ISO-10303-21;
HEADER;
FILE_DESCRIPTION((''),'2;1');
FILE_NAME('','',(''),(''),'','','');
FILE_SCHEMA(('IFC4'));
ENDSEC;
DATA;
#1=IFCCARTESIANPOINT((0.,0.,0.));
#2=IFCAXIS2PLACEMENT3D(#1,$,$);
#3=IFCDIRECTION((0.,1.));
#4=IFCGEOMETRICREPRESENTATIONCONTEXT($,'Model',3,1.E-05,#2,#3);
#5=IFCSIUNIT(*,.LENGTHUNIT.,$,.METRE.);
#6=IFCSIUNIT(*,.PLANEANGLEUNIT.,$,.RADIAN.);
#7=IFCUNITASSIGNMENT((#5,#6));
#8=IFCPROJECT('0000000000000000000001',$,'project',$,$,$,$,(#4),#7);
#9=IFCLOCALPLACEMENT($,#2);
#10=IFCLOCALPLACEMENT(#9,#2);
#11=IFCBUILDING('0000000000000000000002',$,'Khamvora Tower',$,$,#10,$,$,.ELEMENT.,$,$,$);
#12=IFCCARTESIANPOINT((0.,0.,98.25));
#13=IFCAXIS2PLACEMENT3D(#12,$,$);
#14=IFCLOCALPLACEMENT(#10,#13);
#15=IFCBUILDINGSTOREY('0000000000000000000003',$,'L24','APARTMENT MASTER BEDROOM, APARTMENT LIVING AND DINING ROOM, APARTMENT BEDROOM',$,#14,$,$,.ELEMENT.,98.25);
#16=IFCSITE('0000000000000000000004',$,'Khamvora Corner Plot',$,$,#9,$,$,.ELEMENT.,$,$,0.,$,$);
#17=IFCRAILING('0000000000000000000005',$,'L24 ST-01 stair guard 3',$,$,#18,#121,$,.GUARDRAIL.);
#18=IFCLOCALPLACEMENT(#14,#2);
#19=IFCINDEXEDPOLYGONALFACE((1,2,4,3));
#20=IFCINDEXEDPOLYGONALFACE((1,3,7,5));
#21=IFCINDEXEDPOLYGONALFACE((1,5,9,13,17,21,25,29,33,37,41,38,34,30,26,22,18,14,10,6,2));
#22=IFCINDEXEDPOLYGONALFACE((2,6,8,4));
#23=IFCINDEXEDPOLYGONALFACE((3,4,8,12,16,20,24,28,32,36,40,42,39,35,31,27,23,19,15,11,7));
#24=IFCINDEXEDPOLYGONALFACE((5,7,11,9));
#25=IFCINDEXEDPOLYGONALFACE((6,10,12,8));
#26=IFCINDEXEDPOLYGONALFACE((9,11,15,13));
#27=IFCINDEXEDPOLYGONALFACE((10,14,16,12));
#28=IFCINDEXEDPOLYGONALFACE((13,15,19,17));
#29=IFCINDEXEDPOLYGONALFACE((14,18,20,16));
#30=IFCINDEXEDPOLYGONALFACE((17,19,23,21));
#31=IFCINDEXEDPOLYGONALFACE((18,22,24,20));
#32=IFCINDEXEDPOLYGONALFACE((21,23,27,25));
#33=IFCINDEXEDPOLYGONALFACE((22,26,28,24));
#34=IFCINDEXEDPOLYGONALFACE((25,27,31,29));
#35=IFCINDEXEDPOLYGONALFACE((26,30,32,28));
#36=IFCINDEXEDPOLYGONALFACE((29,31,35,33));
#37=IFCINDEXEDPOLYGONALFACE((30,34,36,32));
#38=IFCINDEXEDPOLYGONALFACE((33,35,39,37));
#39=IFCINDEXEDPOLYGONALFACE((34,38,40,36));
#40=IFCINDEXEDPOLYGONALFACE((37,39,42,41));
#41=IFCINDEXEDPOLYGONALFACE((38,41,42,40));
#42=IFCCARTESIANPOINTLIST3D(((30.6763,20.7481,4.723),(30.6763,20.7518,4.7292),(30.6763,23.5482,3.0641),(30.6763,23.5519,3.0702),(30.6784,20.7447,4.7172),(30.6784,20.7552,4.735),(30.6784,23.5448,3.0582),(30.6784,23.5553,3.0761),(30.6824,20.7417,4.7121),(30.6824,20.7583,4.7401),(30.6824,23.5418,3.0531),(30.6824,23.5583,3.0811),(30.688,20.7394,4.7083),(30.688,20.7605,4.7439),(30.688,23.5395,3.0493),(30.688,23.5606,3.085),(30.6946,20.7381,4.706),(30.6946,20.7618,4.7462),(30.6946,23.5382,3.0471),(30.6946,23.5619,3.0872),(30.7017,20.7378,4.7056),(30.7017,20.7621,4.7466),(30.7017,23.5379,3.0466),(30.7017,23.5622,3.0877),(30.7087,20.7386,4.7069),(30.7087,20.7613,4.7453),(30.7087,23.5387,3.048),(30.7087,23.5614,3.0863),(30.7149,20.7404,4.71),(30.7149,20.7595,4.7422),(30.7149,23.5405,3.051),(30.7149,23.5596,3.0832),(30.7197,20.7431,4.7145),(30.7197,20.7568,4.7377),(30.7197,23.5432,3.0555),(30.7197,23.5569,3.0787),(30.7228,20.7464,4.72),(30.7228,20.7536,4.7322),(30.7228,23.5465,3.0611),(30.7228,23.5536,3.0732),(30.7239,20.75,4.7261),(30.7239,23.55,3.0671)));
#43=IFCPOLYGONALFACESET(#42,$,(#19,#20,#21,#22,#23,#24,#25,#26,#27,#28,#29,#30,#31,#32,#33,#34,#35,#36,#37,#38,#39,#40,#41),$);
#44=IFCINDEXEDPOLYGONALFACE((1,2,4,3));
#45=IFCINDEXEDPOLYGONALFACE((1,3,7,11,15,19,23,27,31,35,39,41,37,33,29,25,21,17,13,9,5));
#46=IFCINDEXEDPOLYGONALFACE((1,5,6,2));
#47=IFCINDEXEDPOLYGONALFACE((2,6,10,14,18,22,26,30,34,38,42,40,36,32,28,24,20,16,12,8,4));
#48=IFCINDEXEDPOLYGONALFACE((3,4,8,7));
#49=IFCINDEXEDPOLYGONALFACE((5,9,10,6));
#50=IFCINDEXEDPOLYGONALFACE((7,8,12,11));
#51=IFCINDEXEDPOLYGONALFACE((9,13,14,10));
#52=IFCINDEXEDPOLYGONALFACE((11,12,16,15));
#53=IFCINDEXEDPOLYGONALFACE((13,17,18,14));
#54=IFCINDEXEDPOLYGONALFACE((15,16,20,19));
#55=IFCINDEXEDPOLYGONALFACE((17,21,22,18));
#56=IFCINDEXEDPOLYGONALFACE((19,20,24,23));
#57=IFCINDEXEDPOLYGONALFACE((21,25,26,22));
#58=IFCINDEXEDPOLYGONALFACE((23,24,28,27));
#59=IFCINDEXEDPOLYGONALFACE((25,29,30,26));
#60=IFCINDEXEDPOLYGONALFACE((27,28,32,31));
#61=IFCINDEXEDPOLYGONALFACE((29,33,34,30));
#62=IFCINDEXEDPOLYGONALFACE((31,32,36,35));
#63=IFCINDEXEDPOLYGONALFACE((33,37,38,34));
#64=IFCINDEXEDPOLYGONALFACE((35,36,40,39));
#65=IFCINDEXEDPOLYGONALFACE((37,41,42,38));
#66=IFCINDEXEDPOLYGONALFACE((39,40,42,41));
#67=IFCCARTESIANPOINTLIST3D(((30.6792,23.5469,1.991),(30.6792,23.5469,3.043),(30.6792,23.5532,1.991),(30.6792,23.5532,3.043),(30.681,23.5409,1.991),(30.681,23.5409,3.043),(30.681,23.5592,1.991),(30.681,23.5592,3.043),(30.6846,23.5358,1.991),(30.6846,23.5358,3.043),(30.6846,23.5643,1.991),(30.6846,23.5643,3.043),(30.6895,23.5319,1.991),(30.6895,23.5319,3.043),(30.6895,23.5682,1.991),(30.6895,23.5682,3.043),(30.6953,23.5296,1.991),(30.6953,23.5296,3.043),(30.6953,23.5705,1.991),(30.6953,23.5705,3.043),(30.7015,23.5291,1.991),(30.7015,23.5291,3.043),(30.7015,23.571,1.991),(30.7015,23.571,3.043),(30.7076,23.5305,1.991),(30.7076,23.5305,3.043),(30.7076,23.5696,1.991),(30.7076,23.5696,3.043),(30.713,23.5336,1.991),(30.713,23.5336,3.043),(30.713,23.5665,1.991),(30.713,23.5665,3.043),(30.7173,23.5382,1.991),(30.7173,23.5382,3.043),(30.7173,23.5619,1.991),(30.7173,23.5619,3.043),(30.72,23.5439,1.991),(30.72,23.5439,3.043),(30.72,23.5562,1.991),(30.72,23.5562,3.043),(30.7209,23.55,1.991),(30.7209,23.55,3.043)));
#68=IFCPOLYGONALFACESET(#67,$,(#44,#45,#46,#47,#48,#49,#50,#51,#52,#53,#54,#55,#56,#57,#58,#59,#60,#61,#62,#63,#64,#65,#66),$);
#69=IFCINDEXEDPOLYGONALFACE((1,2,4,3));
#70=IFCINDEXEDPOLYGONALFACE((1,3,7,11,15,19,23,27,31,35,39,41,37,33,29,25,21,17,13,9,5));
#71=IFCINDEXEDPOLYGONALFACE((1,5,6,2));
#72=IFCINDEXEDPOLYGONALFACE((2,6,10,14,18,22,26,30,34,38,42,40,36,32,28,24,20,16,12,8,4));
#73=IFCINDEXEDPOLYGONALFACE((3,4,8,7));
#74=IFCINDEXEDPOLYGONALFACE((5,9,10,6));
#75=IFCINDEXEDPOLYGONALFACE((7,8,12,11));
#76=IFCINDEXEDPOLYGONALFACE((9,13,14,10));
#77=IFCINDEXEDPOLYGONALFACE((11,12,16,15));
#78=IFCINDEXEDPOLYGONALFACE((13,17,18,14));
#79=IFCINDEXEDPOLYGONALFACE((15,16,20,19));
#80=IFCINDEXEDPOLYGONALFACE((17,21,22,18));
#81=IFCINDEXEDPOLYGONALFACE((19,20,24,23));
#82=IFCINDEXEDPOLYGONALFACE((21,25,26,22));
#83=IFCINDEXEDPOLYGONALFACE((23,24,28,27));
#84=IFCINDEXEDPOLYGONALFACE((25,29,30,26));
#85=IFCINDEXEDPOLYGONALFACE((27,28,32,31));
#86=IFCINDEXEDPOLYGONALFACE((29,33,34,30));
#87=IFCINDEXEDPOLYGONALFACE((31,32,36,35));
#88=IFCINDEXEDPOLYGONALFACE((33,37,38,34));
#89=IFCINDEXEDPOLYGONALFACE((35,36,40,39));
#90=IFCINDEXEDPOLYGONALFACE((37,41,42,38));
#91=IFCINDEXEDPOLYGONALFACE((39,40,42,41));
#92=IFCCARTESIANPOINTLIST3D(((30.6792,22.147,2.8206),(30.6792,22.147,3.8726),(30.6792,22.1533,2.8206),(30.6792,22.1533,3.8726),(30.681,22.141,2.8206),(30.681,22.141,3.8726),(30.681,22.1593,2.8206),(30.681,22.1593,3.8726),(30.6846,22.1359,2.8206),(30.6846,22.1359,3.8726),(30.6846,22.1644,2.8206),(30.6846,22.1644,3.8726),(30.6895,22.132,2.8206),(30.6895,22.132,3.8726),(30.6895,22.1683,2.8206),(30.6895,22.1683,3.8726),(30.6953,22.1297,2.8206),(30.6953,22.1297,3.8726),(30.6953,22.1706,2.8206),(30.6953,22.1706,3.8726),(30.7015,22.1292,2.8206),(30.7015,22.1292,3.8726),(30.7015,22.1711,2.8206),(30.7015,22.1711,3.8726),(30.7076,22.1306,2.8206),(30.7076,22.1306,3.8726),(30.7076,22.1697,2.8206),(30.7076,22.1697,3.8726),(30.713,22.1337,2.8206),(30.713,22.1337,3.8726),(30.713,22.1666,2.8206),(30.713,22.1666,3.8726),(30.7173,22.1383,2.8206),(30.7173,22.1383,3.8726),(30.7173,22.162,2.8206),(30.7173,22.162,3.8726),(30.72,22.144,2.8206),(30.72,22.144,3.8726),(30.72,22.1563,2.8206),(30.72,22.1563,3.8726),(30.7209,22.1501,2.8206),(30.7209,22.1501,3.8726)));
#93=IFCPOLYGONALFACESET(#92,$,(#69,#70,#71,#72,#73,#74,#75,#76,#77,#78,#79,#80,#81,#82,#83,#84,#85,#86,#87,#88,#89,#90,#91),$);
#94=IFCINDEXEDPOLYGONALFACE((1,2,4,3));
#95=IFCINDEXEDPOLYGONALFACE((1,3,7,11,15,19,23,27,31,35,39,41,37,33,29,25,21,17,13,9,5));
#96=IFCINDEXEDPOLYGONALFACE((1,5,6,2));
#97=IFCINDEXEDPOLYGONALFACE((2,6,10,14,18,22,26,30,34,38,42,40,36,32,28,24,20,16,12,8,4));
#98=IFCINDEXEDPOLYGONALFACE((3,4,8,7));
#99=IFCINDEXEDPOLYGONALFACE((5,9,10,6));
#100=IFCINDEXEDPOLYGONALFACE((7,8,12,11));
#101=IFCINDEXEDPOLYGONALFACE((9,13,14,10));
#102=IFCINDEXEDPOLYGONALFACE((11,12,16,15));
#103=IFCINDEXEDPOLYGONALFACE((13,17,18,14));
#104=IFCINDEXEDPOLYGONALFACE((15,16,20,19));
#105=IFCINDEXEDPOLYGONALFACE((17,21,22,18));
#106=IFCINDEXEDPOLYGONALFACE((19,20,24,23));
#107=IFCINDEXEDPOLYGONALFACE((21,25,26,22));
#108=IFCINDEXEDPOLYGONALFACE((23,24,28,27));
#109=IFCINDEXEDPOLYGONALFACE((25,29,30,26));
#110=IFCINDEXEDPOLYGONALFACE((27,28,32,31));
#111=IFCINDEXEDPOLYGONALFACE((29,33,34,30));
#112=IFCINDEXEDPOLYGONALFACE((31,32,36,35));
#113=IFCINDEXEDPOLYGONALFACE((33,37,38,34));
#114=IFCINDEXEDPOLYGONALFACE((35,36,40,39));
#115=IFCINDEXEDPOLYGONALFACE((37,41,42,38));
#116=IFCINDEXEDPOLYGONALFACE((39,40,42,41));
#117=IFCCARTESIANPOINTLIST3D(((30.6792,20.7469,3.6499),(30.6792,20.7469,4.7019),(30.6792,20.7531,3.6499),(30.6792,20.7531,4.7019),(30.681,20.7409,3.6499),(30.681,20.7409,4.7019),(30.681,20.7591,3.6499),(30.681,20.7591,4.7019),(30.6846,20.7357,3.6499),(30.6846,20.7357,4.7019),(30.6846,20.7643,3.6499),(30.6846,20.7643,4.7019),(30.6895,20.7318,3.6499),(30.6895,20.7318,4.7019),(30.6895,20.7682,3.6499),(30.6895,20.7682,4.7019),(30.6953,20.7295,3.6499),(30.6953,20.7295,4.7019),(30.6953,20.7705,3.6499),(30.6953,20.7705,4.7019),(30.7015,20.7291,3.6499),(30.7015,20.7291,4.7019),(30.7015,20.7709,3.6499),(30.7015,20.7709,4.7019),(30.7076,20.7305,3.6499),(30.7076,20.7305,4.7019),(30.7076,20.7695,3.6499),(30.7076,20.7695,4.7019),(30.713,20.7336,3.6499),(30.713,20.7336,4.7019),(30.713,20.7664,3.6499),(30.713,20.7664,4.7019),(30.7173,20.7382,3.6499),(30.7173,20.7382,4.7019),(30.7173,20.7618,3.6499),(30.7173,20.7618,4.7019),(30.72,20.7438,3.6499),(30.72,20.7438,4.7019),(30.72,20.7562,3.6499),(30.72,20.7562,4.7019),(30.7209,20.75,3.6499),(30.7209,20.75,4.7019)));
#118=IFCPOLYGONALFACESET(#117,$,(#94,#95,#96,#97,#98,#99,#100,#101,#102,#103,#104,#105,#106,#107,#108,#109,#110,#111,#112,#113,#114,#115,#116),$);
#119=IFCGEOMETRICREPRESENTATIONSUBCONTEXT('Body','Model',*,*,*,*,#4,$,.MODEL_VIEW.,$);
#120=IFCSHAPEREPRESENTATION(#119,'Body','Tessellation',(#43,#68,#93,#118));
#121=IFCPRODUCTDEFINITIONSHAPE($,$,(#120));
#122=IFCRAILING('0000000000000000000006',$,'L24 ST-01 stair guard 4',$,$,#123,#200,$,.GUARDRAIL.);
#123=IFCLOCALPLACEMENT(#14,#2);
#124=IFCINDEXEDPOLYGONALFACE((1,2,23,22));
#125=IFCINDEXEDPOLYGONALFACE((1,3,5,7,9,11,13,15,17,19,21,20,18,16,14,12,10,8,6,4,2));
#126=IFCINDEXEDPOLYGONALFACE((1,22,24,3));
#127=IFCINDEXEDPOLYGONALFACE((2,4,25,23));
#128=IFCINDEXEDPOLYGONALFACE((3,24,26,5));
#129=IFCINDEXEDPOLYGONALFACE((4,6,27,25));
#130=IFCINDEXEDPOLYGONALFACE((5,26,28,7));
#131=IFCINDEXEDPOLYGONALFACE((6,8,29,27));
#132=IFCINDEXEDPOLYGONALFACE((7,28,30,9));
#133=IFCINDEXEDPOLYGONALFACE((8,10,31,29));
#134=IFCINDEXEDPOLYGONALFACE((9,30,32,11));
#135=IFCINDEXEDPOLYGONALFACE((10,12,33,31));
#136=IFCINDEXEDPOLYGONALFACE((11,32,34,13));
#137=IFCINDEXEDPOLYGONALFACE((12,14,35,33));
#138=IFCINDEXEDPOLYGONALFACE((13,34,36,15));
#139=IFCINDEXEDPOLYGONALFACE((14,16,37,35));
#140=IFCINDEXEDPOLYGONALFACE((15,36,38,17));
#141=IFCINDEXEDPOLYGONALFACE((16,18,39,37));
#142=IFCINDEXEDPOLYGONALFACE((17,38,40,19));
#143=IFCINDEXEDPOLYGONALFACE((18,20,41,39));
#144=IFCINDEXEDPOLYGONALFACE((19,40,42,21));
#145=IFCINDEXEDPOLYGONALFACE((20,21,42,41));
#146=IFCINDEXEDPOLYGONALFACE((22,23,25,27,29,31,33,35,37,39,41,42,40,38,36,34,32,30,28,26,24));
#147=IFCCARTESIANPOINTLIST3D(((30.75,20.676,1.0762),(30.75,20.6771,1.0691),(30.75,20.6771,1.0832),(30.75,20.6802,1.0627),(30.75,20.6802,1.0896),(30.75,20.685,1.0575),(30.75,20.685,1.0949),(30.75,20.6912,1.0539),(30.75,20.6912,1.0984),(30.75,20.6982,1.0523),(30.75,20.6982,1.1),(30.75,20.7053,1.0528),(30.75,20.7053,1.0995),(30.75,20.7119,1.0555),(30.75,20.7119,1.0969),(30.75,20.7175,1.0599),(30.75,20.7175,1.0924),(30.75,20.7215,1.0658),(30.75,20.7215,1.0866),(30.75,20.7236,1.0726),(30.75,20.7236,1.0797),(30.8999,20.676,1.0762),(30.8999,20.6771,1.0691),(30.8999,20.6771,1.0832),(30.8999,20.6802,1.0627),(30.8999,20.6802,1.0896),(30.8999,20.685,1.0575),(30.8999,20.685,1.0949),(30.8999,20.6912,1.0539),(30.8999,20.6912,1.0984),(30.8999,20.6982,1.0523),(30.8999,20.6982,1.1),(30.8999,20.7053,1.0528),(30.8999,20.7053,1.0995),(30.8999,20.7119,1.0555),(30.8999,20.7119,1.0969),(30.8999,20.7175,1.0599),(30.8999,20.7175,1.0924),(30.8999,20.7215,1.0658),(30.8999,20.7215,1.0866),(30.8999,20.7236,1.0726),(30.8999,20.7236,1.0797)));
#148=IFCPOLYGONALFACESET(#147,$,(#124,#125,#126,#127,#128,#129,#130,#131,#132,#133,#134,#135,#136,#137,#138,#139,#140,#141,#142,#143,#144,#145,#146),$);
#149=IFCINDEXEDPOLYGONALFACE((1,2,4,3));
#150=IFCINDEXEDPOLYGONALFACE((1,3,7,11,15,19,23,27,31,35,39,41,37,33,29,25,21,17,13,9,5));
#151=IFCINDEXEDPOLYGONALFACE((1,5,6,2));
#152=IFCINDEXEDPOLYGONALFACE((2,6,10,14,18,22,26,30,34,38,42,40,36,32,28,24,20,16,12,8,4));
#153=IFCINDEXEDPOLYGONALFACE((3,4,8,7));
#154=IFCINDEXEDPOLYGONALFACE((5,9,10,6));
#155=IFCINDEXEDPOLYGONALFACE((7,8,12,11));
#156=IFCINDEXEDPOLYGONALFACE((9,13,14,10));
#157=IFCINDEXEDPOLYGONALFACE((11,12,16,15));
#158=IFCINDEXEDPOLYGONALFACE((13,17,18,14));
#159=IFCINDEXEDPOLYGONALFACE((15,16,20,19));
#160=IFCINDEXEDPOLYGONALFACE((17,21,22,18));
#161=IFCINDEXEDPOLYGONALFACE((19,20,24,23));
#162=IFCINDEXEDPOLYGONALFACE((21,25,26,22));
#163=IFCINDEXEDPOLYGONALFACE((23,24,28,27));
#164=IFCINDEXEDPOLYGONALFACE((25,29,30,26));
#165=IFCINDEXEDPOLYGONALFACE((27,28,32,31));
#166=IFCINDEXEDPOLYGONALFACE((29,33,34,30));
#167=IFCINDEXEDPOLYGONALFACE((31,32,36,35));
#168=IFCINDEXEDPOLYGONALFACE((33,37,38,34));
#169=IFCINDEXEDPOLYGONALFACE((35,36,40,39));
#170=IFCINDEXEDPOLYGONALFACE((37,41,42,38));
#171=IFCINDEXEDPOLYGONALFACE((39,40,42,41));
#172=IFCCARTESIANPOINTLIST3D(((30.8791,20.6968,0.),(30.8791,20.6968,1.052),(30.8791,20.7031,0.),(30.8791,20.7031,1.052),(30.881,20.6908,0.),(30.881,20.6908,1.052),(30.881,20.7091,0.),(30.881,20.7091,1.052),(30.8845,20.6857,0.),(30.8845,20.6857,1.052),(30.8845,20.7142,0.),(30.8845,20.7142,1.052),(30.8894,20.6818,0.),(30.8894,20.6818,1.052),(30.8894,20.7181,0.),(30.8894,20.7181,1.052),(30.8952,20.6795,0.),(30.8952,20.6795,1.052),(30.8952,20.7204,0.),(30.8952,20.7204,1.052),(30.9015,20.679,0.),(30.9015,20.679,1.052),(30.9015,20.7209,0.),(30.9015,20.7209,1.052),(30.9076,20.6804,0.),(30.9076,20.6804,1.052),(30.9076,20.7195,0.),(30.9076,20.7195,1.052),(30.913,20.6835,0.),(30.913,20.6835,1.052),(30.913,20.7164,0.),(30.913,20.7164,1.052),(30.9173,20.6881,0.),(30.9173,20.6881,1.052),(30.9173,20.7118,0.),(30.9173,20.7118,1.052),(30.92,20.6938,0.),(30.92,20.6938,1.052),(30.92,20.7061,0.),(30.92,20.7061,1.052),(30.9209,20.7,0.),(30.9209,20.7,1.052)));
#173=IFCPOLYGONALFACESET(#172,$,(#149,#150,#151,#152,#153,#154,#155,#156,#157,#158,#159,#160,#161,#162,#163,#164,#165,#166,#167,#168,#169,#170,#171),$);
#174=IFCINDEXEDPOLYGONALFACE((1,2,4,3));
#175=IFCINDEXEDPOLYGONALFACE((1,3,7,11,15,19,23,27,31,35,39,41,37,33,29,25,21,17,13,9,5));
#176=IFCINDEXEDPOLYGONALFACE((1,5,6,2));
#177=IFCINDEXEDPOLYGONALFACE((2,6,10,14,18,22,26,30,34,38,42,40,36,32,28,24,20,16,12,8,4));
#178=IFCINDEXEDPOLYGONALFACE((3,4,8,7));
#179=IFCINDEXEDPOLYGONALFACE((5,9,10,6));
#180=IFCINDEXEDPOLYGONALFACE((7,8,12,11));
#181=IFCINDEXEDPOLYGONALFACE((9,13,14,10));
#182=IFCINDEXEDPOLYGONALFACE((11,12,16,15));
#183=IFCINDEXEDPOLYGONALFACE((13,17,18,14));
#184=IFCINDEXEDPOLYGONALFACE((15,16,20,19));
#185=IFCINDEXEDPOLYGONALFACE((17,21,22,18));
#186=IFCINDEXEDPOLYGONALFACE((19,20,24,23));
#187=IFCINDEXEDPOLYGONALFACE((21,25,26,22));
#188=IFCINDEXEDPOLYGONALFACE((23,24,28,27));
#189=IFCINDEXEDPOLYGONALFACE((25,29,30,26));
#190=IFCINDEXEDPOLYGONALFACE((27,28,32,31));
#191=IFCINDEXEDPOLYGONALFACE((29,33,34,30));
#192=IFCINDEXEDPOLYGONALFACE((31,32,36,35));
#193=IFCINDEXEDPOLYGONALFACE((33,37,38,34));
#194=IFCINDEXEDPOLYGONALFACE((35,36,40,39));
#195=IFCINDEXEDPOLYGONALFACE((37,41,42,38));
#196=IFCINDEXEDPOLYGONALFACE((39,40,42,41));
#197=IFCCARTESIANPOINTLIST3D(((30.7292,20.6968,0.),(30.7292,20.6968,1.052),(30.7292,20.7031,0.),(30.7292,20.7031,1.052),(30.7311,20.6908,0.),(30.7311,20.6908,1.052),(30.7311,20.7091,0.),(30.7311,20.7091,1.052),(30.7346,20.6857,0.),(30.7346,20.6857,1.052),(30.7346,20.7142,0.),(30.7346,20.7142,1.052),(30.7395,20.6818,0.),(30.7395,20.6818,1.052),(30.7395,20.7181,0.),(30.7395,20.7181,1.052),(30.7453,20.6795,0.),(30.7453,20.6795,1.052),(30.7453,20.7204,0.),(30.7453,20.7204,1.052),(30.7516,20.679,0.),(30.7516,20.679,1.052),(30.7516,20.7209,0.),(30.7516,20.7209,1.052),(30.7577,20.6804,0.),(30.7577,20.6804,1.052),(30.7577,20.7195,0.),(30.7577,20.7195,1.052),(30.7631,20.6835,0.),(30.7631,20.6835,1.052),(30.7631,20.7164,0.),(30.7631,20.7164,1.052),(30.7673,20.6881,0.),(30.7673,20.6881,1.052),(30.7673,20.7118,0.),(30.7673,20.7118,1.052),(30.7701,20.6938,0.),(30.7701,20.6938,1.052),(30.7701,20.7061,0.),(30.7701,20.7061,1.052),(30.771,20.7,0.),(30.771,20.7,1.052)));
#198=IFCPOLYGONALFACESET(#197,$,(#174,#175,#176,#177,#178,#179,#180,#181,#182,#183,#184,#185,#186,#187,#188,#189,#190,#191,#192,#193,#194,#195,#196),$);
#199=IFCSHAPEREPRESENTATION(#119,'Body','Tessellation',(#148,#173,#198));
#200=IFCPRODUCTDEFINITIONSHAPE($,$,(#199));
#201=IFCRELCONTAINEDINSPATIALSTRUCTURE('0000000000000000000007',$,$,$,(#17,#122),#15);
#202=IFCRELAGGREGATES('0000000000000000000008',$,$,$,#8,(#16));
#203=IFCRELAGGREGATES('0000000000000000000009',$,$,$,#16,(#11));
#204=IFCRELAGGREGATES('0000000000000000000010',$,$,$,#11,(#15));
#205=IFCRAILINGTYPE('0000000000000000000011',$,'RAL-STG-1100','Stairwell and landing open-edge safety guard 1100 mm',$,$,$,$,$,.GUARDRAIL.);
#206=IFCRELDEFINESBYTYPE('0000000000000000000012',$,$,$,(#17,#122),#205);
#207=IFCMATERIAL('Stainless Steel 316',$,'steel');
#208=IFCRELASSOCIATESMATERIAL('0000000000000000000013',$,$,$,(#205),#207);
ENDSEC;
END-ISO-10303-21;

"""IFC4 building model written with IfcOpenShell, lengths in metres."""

from ifc_helpers import new_model, si_unit, direction, frame, origin, origin_2d, place, context, subcontext, project, spatial, circle, extrude, material, type_object, element, save


model = new_model("IFC4")

# Units and contexts
model_context = context("Model", 3, precision=1e-05, world=origin(), true_north=direction((0.0, 1.0)))
body_context = subcontext(model_context, "Body", "Model", "MODEL_VIEW")
ifc_project = project(units=[si_unit("LENGTHUNIT", "METRE"), si_unit("PLANEANGLEUNIT", "RADIAN")], contexts=[model_context])

# Site, building, storey
site_placement = place(None, origin())
site = spatial("IfcSite", under=ifc_project, at=site_placement, Name="Khamvora Corner Plot", CompositionType="ELEMENT", RefElevation=0.0)
building_placement = place(site_placement, origin())
building = spatial("IfcBuilding", under=site, at=building_placement, Name="Khamvora Tower", CompositionType="ELEMENT")
storey_placement = place(building_placement, frame((0.0, 0.0, 98.25)))
storey = spatial("IfcBuildingStorey", under=building, at=storey_placement, Name="L24", Description="APARTMENT MASTER BEDROOM, APARTMENT LIVING AND DINING ROOM, APARTMENT BEDROOM", CompositionType="ELEMENT", Elevation=98.25)

# Railings
ifc_material_1 = material(Name="Stainless Steel 316", Category="steel")
railing_type_1 = type_object("IfcRailingType", Name="RAL-STG-1100", Description="Stairwell and landing open-edge safety guard 1100 mm", PredefinedType="GUARDRAIL", material=ifc_material_1)
railing_1_placement = place(storey_placement, frame((30.7, 23.55, 1.991)))
element("IfcRailing", 1, at=railing_1_placement, inside=storey, type_object=railing_type_1, Name="L24 ST-01 stair guard 3", PredefinedType="GUARDRAIL", context=body_context, shape_type="SweptSolid", body=[
    extrude(circle(Radius=0.0239, at=origin_2d()), frame((0.0, 0.0, 1.0762), z_axis=(0.0, -0.860339, 0.509722), x_axis=(1.0, 0.0, 0.0)), (0.0, 0.0, 1.0), 3.2546),
    extrude(circle(Radius=0.021, at=origin_2d()), origin(), (0.0, 0.0, 1.0), 1.052),
    extrude(circle(Radius=0.021, at=origin_2d()), frame((0.0, -1.3999, 0.8296)), (0.0, 0.0, 1.0), 1.052),
    extrude(circle(Radius=0.021, at=origin_2d()), frame((0.0, -2.8, 1.6589)), (0.0, 0.0, 1.0), 1.052),
])
railing_2_placement = place(storey_placement, frame((30.8999, 20.7, 0.0)))
element("IfcRailing", 2, at=railing_2_placement, inside=storey, type_object=railing_type_1, Name="L24 ST-01 stair guard 4", PredefinedType="GUARDRAIL", context=body_context, shape_type="SweptSolid", body=[
    extrude(circle(Radius=0.0239, at=origin_2d()), frame((0.0, 0.0, 1.0762), z_axis=(-1.0, 0.0, 0.0), x_axis=(0.0, -1.0, 0.0)), (0.0, 0.0, 1.0), 0.1499),
    extrude(circle(Radius=0.021, at=origin_2d()), origin(), (0.0, 0.0, 1.0), 1.052),
    extrude(circle(Radius=0.021, at=origin_2d()), frame((-0.1499, 0.0, 0.0)), (0.0, 0.0, 1.0), 1.052),
])

save(model, "model.ifc")
